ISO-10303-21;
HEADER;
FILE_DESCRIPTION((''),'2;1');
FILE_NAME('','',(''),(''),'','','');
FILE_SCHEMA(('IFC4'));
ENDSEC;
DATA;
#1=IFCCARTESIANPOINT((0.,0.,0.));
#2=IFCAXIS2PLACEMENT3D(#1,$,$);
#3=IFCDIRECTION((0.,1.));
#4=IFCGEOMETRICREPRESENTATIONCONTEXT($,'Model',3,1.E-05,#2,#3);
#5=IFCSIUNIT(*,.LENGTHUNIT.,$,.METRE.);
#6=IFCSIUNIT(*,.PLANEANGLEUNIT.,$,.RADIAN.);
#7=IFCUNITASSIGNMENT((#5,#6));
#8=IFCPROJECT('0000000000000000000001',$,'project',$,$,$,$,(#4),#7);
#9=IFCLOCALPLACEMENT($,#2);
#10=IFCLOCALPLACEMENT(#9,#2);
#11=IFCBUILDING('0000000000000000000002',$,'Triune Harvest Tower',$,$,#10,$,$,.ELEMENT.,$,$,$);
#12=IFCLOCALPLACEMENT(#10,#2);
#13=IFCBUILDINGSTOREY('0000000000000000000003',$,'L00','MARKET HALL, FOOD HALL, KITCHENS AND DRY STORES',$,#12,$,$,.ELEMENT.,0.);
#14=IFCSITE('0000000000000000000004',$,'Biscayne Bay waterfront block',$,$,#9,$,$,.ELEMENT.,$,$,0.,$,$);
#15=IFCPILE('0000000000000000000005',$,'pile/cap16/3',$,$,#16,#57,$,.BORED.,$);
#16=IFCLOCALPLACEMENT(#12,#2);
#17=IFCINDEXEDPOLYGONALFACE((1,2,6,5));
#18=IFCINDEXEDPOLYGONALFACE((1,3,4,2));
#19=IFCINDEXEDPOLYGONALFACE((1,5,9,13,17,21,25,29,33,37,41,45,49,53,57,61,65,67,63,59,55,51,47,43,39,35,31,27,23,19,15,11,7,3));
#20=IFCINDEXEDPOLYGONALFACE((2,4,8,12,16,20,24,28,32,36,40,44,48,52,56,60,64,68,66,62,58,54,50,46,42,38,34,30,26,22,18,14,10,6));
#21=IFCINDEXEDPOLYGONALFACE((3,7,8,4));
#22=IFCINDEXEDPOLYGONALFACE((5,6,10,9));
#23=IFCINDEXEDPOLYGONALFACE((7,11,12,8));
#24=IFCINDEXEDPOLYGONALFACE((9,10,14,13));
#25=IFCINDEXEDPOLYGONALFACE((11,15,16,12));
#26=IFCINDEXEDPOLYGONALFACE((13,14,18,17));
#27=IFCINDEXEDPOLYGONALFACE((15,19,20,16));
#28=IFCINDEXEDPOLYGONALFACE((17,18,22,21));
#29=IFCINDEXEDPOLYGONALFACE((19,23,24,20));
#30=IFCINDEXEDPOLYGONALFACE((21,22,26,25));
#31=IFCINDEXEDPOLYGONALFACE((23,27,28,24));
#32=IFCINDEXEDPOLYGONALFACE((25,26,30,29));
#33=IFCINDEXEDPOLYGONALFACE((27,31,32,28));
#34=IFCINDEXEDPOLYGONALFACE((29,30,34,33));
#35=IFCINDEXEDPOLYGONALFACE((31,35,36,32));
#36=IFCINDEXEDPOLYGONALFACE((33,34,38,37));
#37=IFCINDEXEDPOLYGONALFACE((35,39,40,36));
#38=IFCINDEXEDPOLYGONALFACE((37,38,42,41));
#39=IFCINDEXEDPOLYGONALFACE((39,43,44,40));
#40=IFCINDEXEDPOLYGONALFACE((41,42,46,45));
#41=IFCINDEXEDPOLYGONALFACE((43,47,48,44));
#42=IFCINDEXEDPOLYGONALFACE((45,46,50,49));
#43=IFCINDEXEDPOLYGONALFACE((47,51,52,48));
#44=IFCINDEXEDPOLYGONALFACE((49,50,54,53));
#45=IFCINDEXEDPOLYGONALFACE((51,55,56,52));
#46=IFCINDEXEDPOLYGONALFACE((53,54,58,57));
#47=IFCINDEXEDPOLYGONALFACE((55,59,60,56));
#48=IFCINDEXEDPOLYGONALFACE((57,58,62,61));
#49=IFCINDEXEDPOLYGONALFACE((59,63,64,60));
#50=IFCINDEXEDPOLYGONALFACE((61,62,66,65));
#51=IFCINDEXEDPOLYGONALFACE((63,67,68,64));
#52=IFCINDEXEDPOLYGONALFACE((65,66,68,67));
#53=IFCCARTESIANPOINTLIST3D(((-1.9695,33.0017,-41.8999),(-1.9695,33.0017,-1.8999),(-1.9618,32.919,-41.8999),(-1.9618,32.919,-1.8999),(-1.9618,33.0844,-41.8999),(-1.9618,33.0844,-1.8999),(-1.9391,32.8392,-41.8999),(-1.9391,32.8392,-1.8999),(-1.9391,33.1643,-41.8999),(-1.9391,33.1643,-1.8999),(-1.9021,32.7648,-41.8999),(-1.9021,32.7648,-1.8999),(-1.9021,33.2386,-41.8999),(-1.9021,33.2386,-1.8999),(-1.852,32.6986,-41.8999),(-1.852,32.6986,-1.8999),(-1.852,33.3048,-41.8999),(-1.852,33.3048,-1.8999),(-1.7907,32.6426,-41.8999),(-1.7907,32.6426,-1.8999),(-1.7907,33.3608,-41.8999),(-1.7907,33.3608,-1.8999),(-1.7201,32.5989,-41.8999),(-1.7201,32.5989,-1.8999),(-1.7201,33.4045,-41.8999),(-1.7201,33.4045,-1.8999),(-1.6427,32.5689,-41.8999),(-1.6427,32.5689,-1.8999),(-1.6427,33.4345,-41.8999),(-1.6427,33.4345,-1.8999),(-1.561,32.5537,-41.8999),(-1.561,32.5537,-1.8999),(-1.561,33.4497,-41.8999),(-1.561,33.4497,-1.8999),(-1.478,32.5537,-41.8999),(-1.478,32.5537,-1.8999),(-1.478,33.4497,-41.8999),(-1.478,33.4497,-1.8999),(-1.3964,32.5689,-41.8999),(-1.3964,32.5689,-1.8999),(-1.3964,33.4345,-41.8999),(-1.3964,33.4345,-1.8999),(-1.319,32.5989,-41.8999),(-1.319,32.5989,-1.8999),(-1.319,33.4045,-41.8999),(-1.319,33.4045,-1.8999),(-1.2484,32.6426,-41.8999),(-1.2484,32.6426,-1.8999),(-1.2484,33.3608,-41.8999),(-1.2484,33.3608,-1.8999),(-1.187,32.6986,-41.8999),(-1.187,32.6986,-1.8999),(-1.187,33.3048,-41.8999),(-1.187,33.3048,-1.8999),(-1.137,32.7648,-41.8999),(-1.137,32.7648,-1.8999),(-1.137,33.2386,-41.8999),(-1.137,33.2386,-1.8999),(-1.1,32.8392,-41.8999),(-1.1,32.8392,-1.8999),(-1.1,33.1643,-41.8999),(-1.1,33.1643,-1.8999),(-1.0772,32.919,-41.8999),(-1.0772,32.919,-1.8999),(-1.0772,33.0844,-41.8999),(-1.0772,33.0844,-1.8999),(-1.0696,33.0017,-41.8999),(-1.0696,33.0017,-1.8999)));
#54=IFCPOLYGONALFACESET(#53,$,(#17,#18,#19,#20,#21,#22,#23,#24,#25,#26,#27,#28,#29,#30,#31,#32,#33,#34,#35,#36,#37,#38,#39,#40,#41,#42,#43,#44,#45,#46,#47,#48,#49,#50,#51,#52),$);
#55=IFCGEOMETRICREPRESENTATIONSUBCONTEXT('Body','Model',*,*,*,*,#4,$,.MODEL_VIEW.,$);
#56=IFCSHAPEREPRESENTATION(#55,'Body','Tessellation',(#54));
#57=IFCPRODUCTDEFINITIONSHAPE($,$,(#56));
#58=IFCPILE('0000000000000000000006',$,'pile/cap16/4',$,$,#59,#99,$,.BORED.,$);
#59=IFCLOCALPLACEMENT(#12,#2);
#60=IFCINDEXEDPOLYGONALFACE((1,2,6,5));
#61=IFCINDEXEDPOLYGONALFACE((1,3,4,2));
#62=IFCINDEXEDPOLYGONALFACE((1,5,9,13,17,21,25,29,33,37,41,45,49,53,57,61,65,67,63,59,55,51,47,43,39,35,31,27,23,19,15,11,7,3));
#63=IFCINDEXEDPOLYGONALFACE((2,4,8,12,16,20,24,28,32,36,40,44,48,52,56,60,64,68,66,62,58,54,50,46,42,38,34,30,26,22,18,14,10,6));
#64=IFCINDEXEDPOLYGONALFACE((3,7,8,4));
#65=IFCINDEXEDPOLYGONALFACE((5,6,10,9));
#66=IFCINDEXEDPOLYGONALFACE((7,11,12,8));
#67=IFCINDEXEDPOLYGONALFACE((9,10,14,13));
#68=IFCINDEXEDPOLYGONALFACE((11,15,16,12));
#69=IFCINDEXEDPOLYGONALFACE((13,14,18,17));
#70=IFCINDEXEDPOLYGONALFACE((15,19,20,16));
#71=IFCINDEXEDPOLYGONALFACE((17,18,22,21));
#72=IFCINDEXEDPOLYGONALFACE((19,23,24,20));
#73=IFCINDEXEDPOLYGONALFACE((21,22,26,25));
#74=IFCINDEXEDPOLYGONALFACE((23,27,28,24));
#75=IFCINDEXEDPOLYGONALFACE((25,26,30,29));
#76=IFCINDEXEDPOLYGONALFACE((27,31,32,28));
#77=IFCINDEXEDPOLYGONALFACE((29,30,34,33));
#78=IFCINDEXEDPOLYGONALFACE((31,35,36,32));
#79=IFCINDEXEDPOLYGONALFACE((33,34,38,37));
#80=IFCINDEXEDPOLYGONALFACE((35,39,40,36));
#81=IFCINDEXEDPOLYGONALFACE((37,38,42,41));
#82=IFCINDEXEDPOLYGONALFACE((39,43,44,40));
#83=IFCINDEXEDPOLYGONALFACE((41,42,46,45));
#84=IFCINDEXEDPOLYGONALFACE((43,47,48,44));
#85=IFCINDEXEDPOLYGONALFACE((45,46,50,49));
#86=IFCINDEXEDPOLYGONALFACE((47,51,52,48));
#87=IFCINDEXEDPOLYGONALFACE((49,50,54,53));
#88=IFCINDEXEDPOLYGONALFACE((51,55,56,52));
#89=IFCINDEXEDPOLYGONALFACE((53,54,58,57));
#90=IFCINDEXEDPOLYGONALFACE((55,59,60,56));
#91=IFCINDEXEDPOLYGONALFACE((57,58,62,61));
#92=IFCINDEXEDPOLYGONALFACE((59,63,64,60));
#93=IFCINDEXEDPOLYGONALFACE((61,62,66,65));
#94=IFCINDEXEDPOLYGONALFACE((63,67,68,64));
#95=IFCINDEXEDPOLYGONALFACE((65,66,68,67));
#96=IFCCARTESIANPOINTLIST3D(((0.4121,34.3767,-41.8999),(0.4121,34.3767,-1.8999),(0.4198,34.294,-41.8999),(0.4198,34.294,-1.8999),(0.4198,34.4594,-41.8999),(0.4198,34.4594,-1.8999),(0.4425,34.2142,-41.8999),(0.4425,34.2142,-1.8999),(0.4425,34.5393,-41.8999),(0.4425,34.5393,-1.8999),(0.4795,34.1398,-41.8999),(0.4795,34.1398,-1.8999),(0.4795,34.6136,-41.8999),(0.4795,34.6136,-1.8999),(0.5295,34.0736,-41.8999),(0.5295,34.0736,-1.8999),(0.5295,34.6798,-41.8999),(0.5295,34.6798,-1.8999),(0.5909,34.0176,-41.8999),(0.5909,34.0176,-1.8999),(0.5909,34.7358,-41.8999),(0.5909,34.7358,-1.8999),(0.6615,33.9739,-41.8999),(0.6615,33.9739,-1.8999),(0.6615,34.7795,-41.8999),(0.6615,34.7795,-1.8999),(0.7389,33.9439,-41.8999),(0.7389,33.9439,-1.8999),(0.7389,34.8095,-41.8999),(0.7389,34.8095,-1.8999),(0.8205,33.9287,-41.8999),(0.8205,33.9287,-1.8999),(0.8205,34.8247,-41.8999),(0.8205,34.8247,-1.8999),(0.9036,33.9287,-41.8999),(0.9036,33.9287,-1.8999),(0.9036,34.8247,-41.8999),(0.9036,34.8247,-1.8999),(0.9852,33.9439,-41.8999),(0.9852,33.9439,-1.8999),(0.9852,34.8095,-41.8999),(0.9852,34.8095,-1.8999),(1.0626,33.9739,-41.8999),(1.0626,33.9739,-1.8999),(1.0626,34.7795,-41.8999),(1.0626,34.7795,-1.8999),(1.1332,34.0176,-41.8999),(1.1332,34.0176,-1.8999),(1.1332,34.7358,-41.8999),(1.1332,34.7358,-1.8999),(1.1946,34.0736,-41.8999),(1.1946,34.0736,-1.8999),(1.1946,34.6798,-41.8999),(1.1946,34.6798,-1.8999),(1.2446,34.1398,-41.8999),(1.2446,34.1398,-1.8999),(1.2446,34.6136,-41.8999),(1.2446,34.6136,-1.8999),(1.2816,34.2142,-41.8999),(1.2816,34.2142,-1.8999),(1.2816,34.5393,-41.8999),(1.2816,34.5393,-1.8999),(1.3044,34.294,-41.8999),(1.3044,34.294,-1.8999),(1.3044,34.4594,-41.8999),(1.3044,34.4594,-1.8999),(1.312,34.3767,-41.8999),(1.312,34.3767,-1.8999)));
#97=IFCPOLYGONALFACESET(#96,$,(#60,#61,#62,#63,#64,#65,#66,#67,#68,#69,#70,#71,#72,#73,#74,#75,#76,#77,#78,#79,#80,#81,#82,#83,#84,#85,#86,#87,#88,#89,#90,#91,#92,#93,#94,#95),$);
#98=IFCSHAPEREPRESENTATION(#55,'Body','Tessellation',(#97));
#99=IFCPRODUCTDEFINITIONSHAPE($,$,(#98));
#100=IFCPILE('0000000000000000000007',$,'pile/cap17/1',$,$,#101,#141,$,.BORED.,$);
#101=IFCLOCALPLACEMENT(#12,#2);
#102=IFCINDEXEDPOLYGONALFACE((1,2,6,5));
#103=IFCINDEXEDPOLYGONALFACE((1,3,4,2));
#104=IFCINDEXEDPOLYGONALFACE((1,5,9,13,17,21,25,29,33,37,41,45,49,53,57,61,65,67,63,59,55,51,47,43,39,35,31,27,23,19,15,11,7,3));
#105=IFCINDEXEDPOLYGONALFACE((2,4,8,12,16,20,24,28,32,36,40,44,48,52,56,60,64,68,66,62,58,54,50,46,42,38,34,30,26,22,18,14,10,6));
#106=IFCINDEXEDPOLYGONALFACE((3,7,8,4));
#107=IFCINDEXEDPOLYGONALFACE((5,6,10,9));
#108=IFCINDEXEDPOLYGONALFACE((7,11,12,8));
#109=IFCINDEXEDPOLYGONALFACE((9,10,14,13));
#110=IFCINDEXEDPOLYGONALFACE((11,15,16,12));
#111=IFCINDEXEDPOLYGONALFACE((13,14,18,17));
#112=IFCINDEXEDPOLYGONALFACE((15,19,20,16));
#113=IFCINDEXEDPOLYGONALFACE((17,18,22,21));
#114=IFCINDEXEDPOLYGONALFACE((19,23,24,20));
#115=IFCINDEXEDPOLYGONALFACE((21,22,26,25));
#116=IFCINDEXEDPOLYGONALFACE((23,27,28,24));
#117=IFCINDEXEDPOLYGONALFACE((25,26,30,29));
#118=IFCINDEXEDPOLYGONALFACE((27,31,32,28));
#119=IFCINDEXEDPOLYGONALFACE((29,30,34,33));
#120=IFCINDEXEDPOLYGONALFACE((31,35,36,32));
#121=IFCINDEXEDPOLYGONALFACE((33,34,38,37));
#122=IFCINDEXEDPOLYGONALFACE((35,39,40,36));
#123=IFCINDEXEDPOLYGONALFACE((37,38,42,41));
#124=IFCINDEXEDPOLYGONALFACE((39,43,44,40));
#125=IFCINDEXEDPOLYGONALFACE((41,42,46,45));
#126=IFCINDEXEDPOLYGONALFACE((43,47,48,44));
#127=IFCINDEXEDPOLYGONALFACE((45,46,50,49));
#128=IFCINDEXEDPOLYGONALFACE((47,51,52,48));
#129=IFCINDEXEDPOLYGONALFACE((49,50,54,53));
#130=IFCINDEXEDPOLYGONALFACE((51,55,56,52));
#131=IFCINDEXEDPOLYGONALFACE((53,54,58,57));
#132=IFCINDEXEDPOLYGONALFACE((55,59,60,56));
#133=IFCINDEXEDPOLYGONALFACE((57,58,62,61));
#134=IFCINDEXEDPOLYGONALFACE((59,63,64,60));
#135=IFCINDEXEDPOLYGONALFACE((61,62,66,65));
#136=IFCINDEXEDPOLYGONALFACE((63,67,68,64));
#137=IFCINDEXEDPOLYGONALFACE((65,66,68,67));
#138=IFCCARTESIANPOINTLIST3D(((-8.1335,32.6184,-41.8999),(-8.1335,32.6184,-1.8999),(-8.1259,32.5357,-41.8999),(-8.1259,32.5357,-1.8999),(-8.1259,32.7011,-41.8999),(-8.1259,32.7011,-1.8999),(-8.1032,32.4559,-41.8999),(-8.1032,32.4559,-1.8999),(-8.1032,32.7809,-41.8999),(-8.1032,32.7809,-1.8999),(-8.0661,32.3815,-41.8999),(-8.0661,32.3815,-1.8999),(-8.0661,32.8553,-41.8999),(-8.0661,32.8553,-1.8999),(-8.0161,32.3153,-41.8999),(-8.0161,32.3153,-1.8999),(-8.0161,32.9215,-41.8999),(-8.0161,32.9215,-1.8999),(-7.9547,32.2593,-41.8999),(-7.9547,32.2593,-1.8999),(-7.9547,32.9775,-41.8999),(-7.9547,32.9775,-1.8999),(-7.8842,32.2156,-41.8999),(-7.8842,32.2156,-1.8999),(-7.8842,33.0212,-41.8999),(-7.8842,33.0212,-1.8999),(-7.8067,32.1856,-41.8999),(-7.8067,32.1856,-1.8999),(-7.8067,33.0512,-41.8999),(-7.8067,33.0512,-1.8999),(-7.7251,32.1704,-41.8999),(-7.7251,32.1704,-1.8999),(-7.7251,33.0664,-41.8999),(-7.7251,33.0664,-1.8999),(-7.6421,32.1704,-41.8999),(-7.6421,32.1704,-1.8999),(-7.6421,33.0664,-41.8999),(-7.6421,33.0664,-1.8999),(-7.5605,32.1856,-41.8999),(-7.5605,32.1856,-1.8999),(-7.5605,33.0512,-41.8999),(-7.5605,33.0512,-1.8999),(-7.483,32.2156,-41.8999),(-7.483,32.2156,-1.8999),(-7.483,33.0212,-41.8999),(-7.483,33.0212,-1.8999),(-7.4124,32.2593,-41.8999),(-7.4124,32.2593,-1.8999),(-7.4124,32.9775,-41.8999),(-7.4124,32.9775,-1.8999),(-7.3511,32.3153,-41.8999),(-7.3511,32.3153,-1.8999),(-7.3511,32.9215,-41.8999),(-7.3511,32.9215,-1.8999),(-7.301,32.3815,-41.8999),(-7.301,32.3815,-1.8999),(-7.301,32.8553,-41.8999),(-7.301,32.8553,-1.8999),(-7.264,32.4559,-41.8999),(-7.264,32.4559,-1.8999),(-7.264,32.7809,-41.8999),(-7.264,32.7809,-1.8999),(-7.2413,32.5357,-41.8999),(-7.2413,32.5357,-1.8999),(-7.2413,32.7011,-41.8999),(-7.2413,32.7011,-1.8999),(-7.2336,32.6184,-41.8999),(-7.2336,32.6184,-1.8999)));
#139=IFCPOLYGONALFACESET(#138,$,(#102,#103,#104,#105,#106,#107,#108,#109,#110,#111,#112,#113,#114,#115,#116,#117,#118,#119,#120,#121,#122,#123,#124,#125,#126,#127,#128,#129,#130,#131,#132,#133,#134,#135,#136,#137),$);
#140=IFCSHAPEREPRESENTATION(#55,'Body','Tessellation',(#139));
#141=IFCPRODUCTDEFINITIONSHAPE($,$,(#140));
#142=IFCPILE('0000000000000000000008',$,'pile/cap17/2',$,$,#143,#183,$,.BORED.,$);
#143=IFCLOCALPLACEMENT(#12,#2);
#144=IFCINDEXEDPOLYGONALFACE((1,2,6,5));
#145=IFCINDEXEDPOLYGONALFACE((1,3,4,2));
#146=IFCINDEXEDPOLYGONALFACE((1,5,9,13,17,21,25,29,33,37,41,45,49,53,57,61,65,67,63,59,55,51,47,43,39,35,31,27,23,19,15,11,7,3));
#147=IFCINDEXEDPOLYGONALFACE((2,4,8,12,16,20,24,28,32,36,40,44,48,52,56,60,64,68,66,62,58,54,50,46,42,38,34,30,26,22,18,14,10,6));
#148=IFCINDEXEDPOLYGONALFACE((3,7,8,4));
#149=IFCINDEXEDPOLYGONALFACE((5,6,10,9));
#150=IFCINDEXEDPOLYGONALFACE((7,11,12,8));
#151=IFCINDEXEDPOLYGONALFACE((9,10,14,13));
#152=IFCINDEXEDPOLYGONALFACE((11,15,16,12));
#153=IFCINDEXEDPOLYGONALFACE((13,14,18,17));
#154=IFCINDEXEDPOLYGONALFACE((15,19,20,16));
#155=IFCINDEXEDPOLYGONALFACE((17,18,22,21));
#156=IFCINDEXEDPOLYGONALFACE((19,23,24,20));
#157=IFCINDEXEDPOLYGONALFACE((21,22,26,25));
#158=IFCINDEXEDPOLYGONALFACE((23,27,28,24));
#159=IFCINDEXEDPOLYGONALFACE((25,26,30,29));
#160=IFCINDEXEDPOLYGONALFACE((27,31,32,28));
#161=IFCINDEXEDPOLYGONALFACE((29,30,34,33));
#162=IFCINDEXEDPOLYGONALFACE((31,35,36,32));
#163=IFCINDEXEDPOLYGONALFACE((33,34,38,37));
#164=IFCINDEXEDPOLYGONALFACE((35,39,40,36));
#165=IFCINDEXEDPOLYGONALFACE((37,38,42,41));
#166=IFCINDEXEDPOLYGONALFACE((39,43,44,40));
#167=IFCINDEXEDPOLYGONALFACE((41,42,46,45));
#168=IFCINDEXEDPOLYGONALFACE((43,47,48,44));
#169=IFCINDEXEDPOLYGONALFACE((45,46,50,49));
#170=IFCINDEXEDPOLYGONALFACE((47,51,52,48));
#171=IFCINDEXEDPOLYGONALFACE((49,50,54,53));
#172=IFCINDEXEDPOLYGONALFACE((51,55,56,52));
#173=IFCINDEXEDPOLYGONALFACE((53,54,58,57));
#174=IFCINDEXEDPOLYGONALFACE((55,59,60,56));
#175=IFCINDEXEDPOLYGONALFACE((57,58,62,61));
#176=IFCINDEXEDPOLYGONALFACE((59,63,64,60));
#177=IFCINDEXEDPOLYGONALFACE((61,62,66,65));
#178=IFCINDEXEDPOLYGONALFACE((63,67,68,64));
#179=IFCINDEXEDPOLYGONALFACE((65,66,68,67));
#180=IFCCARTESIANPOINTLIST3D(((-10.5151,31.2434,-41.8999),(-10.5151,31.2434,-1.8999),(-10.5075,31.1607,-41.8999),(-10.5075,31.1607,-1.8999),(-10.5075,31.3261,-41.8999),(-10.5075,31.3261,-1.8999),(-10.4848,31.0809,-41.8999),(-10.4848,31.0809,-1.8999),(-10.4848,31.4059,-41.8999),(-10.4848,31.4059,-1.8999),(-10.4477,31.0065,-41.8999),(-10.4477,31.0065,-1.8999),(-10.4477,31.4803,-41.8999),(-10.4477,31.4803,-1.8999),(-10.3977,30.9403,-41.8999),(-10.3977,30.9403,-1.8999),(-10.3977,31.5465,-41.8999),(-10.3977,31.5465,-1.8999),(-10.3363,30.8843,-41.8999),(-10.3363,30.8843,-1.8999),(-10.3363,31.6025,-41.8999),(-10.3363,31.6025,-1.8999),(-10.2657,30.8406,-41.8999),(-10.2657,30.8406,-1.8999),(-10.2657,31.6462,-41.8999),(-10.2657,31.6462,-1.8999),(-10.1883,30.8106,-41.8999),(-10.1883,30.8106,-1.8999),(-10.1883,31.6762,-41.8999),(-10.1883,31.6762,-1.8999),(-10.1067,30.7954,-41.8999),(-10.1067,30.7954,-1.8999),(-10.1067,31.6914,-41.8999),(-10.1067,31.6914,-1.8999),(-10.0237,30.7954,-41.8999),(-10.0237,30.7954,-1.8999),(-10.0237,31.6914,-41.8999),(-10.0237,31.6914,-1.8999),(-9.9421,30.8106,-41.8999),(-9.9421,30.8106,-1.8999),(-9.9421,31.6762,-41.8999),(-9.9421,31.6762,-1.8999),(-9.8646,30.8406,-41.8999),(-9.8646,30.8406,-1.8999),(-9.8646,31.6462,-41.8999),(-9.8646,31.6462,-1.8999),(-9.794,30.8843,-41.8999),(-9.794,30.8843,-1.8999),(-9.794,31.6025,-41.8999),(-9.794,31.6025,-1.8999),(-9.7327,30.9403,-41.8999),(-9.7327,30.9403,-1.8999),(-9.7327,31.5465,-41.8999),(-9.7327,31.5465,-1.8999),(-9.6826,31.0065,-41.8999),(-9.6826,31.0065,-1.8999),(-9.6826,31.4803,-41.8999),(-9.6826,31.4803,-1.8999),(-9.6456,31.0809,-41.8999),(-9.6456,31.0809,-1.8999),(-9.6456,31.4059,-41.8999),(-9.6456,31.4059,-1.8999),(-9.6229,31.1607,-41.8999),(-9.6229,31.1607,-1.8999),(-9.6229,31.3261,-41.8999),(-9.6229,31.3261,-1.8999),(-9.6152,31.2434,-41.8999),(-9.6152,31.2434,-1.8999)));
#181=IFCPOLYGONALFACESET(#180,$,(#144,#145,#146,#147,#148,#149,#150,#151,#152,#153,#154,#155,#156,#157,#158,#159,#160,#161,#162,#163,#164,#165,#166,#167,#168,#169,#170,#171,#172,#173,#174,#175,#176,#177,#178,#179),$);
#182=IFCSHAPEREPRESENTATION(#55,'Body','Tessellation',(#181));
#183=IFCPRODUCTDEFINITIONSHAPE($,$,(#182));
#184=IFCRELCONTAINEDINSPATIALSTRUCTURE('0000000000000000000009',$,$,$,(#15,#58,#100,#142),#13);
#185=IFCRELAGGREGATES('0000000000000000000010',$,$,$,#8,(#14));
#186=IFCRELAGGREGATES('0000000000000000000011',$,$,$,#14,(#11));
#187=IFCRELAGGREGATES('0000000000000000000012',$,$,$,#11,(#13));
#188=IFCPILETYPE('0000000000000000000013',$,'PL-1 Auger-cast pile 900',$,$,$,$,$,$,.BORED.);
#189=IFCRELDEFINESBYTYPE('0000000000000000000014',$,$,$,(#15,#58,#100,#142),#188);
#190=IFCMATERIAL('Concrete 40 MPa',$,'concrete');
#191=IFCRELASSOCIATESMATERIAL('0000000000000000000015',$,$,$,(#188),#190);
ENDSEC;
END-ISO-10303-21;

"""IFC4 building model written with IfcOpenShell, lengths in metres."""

from ifc_helpers import new_model, si_unit, direction, frame, origin, origin_2d, place, context, subcontext, project, spatial, circle, extrude, source, transform, mapped, material, material_profile, profile_set, type_object, element, save


model = new_model("IFC4")

# Units and contexts
model_context = context("Model", 3, precision=1e-05, world=origin(), true_north=direction((0.0, 1.0)))
body_context = subcontext(model_context, "Body", "Model", "MODEL_VIEW")
ifc_project = project(units=[si_unit("LENGTHUNIT", "METRE"), si_unit("PLANEANGLEUNIT", "RADIAN")], contexts=[model_context])

# Site, building, storey
site_placement = place(None, origin())
site = spatial("IfcSite", under=ifc_project, at=site_placement, Name="Biscayne Bay waterfront block", CompositionType="ELEMENT", RefElevation=0.0)
building_placement = place(site_placement, origin())
building = spatial("IfcBuilding", under=site, at=building_placement, Name="Triune Harvest Tower", CompositionType="ELEMENT")
storey_placement = place(building_placement, origin())
storey = spatial("IfcBuildingStorey", under=building, at=storey_placement, Name="L00", Description="MARKET HALL, FOOD HALL, KITCHENS AND DRY STORES", CompositionType="ELEMENT", Elevation=0.0)

# Piles
ifc_material_1 = material(Name="Concrete 40 MPa", Category="concrete")
ifc_material_profile_1 = material_profile(ifc_material_1, circle(Radius=0.45, at=origin_2d()), Name="Bored 900")
ifc_profile_set_1 = profile_set([ifc_material_profile_1], Name="Concrete 40 MPa")
pile_type = type_object("IfcPileType", Name="PL-1 Auger-cast pile 900", PredefinedType="BORED", material=ifc_profile_set_1)
shared_shape_1 = source(origin(), body_context, "Body", "SweptSolid", [
    extrude(circle(Radius=0.45, at=origin_2d()), origin(), (0.0, 0.0, 1.0), 40.0),
])
for number, where, z_axis, x_axis, name in (
    (1, (-1.5195, 33.0017, -1.8999), (0.0, 0.0, -1.0), (1.0, 0.0, 0.0), "pile/cap16/3"),
    (2, (0.8621, 34.3767, -1.8999), (0.0, 0.0, -1.0), (1.0, 0.0, 0.0), "pile/cap16/4"),
    (3, (-7.6836, 32.6184, -1.8999), (0.0, 0.0, -1.0), (1.0, 0.0, 0.0), "pile/cap17/1"),
    (4, (-10.0652, 31.2434, -1.8999), (0.0, 0.0, -1.0), (1.0, 0.0, 0.0), "pile/cap17/2"),
):
    element("IfcPile", number, at=place(storey_placement, frame(where, z_axis=z_axis, x_axis=x_axis)), inside=storey, type_object=pile_type, Name=name, PredefinedType="BORED", context=body_context, shape_type="MappedRepresentation", body=[
        mapped(shared_shape_1, transform((0.0, 0.0, 0.0), scale=1.0)),
    ])

save(model, "model.ifc")
